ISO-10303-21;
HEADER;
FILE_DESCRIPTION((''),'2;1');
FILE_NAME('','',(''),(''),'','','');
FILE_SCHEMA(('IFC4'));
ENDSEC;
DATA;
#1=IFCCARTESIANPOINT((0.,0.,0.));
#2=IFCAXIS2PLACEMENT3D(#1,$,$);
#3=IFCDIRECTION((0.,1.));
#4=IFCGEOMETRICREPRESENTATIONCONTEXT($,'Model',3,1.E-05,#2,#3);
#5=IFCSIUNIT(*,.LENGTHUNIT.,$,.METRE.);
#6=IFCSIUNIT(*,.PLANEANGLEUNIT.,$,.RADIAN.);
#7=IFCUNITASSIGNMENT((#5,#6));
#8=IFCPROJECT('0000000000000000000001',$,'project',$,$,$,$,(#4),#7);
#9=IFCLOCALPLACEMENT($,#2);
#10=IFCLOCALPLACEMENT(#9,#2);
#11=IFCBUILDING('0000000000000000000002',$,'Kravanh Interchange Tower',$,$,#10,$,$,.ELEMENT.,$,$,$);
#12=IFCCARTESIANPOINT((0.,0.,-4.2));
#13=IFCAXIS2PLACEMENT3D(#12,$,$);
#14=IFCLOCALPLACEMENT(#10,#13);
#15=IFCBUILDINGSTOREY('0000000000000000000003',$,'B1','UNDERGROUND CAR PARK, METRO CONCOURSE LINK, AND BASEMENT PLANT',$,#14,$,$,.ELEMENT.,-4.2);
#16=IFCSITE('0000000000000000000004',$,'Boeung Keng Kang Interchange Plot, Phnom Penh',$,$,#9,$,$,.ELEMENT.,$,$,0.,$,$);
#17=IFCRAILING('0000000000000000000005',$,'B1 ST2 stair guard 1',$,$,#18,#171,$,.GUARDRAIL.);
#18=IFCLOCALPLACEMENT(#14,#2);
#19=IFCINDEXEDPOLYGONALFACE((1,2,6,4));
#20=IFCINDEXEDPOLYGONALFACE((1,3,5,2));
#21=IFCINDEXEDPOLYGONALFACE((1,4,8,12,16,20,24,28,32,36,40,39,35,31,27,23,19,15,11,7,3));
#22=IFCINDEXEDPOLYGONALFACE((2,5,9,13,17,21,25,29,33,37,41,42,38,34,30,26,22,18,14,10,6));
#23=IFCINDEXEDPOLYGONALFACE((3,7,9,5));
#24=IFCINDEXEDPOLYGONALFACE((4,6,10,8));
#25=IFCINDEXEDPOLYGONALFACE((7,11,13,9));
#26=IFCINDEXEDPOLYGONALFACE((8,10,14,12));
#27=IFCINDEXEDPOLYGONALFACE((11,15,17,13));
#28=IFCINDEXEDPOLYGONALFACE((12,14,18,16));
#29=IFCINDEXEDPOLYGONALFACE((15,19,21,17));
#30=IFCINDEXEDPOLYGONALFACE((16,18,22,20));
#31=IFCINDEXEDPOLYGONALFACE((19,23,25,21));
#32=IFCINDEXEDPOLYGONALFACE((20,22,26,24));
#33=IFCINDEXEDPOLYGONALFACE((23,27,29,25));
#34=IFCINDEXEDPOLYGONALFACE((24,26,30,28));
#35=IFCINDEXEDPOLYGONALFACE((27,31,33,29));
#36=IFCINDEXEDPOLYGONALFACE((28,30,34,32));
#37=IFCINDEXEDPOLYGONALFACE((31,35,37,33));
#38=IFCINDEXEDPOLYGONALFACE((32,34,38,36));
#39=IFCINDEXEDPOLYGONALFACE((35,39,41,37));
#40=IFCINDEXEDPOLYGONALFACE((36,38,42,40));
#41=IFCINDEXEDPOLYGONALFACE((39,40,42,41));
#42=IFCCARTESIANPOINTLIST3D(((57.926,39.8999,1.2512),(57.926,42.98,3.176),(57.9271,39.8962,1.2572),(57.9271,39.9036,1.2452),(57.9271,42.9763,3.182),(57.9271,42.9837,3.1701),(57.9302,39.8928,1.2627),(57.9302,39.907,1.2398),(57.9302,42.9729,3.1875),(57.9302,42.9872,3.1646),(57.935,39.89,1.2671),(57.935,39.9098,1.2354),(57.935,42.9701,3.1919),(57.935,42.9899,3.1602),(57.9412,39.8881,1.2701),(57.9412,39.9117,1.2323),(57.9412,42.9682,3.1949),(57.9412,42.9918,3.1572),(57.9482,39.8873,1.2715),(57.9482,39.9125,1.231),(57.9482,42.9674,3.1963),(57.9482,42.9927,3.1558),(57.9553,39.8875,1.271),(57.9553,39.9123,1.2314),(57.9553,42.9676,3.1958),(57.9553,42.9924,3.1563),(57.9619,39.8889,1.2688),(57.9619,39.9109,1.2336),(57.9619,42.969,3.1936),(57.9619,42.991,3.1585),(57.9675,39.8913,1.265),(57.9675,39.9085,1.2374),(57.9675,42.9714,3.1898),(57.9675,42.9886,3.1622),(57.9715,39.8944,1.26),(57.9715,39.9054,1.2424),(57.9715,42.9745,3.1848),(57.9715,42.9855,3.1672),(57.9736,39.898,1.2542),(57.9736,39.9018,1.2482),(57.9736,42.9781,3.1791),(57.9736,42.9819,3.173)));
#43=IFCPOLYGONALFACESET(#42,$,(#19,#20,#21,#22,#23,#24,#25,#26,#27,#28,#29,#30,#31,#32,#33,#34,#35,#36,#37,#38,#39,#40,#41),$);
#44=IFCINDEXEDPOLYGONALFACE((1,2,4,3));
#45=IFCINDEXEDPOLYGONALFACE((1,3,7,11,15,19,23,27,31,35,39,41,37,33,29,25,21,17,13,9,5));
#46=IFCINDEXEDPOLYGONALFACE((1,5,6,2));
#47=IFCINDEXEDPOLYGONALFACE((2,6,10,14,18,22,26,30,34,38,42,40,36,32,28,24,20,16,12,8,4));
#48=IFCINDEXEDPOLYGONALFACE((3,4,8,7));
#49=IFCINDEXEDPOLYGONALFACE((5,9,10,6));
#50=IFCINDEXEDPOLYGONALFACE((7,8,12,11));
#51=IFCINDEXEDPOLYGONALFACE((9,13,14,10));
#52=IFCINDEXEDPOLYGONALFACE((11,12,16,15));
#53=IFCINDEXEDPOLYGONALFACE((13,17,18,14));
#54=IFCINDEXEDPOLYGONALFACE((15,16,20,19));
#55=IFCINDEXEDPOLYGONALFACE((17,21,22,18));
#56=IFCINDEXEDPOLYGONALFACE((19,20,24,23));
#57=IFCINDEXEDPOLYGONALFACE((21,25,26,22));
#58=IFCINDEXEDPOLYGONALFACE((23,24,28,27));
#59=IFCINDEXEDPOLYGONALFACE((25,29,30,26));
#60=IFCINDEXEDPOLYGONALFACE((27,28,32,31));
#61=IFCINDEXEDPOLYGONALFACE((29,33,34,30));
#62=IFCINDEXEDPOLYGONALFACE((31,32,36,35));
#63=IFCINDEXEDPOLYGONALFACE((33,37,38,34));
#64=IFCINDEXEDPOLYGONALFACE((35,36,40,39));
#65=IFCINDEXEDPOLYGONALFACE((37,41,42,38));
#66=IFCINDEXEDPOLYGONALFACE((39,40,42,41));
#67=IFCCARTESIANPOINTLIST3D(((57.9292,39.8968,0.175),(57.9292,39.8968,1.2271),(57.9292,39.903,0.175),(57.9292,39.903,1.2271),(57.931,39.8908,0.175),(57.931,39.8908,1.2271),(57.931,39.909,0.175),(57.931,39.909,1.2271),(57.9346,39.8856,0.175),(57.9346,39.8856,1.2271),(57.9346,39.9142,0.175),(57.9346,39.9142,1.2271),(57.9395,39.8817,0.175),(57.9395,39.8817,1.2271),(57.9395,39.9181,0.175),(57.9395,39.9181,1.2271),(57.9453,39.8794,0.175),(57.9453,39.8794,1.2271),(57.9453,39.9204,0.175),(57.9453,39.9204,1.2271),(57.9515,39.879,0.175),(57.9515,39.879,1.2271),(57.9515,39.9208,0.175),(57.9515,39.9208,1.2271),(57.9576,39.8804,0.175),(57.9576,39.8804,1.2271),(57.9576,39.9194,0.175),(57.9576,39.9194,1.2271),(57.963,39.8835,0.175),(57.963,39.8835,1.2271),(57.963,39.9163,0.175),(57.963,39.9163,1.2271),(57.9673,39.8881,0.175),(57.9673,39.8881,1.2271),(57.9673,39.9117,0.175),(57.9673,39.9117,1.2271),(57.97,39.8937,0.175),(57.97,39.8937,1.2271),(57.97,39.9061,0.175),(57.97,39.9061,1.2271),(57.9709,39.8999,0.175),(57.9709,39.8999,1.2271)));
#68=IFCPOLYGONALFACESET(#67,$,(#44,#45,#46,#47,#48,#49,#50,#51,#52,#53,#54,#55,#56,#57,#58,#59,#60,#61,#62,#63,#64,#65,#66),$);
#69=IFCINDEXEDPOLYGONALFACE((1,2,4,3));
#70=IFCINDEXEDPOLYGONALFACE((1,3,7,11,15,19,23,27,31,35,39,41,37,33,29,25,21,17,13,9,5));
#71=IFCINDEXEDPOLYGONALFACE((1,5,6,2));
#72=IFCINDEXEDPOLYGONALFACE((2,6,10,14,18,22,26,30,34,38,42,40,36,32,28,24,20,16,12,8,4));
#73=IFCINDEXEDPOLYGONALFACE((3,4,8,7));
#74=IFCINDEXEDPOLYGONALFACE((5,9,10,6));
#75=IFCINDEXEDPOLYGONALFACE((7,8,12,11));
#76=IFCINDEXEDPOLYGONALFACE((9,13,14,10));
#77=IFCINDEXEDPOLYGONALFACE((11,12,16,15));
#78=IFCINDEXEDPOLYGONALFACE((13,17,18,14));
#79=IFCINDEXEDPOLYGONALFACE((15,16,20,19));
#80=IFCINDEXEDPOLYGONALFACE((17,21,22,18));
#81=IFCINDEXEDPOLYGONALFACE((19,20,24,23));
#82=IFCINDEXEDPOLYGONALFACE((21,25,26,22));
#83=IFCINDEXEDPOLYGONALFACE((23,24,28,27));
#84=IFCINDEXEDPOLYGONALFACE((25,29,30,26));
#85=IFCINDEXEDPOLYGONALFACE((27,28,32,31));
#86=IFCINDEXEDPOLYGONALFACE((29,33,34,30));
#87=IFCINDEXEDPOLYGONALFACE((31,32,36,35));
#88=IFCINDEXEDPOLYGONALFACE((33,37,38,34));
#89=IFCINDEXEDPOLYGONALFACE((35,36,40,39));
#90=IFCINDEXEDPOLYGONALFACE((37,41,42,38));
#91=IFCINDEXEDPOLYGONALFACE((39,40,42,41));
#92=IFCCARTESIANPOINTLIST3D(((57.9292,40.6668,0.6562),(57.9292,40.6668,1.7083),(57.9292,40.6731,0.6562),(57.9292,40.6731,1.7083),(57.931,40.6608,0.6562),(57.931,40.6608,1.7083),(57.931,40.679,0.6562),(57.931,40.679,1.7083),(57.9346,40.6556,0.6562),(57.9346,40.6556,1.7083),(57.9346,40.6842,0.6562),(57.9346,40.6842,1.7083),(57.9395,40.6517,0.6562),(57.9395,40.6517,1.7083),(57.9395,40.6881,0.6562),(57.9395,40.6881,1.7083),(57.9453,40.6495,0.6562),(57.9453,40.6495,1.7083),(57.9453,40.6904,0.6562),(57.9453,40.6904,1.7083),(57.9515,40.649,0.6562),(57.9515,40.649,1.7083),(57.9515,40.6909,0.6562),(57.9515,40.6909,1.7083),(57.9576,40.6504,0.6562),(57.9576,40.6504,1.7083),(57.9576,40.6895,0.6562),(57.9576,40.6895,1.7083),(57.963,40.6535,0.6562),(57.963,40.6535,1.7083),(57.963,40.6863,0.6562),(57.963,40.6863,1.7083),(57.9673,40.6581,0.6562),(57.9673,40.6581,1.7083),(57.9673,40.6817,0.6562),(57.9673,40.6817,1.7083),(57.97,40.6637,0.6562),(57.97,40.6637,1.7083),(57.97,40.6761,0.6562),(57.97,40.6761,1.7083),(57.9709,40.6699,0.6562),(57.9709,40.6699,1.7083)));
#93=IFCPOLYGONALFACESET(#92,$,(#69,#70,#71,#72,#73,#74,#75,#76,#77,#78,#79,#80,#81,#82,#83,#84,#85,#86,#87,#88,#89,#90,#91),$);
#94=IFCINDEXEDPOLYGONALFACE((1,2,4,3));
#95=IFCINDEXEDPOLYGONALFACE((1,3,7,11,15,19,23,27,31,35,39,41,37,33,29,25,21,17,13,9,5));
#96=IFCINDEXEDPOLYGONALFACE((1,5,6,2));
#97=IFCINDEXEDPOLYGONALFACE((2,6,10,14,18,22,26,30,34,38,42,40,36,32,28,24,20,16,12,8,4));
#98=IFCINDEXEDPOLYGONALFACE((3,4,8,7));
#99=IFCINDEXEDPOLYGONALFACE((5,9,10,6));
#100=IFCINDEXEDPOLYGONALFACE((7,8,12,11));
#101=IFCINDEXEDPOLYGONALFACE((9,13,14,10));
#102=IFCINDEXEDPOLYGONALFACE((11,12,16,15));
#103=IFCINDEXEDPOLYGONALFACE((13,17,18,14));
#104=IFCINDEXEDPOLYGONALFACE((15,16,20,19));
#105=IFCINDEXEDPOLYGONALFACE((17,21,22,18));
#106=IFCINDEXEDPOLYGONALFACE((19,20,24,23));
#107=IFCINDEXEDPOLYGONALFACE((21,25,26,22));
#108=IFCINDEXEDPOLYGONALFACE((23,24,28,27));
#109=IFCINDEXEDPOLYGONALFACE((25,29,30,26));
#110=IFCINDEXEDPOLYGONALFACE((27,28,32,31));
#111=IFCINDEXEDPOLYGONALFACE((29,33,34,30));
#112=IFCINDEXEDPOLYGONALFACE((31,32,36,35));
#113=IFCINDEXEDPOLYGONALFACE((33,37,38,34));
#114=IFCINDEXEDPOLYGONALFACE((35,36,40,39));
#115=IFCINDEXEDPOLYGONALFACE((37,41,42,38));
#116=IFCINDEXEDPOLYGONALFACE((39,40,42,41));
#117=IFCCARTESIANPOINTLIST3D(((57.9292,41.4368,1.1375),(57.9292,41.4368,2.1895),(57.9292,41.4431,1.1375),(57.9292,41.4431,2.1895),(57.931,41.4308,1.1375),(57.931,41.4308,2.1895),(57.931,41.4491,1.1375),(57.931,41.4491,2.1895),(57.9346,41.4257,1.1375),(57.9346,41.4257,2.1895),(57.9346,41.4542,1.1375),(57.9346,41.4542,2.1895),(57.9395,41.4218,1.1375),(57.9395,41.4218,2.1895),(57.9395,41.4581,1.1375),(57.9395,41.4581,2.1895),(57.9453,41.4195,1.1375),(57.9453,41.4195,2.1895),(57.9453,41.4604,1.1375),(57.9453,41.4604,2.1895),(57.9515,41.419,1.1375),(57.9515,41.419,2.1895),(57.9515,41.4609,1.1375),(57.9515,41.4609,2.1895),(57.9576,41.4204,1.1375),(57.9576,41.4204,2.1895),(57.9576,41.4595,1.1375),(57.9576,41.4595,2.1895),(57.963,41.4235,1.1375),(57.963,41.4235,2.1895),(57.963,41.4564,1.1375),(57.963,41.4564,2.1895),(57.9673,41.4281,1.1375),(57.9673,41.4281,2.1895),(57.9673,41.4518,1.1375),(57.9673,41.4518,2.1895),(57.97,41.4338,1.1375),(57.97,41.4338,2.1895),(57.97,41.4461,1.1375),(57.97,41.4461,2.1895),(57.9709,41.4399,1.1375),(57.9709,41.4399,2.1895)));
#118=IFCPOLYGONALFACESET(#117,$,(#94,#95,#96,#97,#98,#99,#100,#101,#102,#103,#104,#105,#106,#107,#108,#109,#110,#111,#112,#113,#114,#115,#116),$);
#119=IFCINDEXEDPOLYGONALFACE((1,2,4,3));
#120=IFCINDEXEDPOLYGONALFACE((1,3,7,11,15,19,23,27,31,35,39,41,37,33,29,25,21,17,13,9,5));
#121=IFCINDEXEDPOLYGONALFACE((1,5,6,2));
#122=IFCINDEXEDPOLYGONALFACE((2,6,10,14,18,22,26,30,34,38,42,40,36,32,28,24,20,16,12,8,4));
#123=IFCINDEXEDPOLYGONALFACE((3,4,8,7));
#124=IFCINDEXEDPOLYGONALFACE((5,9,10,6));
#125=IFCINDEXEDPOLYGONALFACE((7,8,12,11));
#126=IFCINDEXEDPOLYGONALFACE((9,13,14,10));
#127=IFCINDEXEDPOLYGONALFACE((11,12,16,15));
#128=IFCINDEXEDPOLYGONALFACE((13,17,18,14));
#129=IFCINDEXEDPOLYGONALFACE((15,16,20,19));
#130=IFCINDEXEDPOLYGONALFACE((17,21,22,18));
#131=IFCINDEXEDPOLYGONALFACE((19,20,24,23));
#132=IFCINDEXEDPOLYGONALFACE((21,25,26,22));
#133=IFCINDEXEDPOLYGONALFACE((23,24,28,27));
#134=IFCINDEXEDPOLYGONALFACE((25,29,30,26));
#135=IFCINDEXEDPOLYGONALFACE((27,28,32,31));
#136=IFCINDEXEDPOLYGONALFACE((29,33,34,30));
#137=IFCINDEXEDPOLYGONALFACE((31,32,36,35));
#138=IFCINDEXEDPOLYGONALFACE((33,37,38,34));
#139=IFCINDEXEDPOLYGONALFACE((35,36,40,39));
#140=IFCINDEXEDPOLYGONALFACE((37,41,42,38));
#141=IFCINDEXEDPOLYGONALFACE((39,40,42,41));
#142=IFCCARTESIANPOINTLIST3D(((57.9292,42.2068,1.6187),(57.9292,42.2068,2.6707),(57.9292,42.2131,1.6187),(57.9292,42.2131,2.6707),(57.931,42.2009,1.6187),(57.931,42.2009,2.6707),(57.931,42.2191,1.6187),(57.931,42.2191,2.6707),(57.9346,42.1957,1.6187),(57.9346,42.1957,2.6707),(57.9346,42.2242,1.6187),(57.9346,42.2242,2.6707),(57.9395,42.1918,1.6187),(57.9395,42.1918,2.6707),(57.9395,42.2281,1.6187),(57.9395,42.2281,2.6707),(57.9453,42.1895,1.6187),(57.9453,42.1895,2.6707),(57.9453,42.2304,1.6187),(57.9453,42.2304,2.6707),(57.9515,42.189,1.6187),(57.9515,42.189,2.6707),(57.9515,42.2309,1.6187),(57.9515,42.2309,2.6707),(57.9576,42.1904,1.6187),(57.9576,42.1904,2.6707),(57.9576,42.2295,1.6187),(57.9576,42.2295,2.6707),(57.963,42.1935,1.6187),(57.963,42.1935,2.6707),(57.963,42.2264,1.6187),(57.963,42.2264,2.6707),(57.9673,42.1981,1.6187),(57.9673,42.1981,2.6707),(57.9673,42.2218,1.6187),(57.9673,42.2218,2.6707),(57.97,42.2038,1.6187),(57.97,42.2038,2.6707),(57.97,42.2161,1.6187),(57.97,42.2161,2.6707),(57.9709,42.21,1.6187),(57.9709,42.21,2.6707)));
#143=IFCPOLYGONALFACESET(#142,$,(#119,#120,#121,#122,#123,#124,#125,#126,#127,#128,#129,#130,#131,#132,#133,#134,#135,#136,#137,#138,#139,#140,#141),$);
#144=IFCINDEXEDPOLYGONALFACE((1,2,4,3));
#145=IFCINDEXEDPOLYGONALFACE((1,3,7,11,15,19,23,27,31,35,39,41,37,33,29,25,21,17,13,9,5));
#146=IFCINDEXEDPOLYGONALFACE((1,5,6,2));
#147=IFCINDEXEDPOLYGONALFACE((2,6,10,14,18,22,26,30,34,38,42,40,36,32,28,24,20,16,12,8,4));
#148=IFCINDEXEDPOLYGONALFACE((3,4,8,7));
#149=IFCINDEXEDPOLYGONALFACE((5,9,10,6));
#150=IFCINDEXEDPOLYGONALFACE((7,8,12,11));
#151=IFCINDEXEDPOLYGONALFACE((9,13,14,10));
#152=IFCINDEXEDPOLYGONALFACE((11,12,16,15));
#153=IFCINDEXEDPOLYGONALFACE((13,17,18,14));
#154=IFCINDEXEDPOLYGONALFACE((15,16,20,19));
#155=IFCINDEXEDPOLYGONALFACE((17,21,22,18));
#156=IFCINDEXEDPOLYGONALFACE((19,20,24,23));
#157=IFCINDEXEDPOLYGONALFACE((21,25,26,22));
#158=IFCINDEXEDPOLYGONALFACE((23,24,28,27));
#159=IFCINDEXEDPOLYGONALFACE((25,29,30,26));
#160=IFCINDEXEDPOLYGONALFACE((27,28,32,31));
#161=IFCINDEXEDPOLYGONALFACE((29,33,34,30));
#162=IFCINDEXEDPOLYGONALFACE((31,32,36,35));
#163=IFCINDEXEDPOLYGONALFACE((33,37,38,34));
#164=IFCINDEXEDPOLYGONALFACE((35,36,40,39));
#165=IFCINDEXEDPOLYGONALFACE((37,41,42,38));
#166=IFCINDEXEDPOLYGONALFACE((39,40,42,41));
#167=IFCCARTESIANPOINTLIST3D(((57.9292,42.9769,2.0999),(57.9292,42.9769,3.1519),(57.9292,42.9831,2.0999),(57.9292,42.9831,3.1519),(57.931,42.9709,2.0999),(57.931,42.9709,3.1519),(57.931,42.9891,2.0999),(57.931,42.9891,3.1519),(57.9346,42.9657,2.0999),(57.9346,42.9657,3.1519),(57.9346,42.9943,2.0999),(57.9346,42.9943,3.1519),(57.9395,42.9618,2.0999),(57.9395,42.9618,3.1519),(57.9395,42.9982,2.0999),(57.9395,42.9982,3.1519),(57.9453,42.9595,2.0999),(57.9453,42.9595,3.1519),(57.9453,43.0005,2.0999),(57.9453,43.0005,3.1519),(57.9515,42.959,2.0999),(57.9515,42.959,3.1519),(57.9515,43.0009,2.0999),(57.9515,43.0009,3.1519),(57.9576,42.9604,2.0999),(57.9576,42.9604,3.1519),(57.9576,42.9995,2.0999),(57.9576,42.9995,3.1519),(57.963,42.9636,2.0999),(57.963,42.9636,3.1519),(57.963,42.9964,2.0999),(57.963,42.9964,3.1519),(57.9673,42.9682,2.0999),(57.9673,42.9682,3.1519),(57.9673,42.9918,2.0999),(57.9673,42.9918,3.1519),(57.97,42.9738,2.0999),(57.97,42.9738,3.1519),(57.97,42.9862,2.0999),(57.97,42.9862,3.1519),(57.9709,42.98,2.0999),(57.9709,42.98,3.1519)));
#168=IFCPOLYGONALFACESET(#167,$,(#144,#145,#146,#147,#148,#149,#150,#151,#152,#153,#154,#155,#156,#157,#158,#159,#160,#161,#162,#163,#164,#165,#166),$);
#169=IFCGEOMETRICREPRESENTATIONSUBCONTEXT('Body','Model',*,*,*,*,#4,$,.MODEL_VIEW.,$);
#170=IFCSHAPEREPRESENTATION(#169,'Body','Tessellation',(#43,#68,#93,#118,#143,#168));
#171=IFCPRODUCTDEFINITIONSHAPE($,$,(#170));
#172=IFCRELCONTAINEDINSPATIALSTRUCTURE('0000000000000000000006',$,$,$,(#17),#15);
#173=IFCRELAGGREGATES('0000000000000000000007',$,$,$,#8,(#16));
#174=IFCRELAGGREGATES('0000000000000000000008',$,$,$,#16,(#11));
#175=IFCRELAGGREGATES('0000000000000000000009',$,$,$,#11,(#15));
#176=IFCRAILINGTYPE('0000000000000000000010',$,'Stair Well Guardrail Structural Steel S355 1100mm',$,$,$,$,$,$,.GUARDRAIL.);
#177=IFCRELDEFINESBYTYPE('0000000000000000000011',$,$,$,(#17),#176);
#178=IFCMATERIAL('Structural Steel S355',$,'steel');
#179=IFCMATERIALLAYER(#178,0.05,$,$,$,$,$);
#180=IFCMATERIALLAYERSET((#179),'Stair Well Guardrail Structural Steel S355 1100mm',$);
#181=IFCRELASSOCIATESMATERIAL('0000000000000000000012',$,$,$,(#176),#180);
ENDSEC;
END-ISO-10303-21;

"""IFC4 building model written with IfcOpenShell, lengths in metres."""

from ifc_helpers import new_model, si_unit, direction, frame, origin, origin_2d, place, context, subcontext, project, spatial, circle, extrude, material, layer, layer_set, type_object, element, save


model = new_model("IFC4")

# Units and contexts
model_context = context("Model", 3, precision=1e-05, world=origin(), true_north=direction((0.0, 1.0)))
body_context = subcontext(model_context, "Body", "Model", "MODEL_VIEW")
ifc_project = project(units=[si_unit("LENGTHUNIT", "METRE"), si_unit("PLANEANGLEUNIT", "RADIAN")], contexts=[model_context])

# Site, building, storey
site_placement = place(None, origin())
site = spatial("IfcSite", under=ifc_project, at=site_placement, Name="Boeung Keng Kang Interchange Plot, Phnom Penh", CompositionType="ELEMENT", RefElevation=0.0)
building_placement = place(site_placement, origin())
building = spatial("IfcBuilding", under=site, at=building_placement, Name="Kravanh Interchange Tower", CompositionType="ELEMENT")
storey_placement = place(building_placement, frame((0.0, 0.0, -4.2)))
storey = spatial("IfcBuildingStorey", under=building, at=storey_placement, Name="B1", Description="UNDERGROUND CAR PARK, METRO CONCOURSE LINK, AND BASEMENT PLANT", CompositionType="ELEMENT", Elevation=-4.2)

# Railing
ifc_material_1 = material(Name="Structural Steel S355", Category="steel")
ifc_layer_1 = layer(ifc_material_1, 0.05)
ifc_layer_set_1 = layer_set([ifc_layer_1], Name="Stair Well Guardrail Structural Steel S355 1100mm")
railing_type_1 = type_object("IfcRailingType", Name="Stair Well Guardrail Structural Steel S355 1100mm", PredefinedType="GUARDRAIL", material=ifc_layer_set_1)
railing_1_placement = place(storey_placement, frame((57.95, 39.8999, 0.175)))
element("IfcRailing", 1, at=railing_1_placement, inside=storey, type_object=railing_type_1, Name="B1 ST2 stair guard 1", PredefinedType="GUARDRAIL", context=body_context, shape_type="SweptSolid", body=[
    extrude(circle(Radius=0.0239, at=origin_2d()), frame((0.0, 0.0, 1.0762), z_axis=(0.0, 0.848029, 0.529951), x_axis=(-1.0, 0.0, 0.0)), (0.0, 0.0, 1.0), 3.6321),
    extrude(circle(Radius=0.021, at=origin_2d()), origin(), (0.0, 0.0, 1.0), 1.052),
    extrude(circle(Radius=0.021, at=origin_2d()), frame((0.0, 0.77, 0.4812)), (0.0, 0.0, 1.0), 1.052),
    extrude(circle(Radius=0.021, at=origin_2d()), frame((0.0, 1.54, 0.9624)), (0.0, 0.0, 1.0), 1.052),
    extrude(circle(Radius=0.021, at=origin_2d()), frame((0.0, 2.3101, 1.4436)), (0.0, 0.0, 1.0), 1.052),
    extrude(circle(Radius=0.021, at=origin_2d()), frame((0.0, 3.0801, 1.9248)), (0.0, 0.0, 1.0), 1.052),
])

save(model, "model.ifc")
